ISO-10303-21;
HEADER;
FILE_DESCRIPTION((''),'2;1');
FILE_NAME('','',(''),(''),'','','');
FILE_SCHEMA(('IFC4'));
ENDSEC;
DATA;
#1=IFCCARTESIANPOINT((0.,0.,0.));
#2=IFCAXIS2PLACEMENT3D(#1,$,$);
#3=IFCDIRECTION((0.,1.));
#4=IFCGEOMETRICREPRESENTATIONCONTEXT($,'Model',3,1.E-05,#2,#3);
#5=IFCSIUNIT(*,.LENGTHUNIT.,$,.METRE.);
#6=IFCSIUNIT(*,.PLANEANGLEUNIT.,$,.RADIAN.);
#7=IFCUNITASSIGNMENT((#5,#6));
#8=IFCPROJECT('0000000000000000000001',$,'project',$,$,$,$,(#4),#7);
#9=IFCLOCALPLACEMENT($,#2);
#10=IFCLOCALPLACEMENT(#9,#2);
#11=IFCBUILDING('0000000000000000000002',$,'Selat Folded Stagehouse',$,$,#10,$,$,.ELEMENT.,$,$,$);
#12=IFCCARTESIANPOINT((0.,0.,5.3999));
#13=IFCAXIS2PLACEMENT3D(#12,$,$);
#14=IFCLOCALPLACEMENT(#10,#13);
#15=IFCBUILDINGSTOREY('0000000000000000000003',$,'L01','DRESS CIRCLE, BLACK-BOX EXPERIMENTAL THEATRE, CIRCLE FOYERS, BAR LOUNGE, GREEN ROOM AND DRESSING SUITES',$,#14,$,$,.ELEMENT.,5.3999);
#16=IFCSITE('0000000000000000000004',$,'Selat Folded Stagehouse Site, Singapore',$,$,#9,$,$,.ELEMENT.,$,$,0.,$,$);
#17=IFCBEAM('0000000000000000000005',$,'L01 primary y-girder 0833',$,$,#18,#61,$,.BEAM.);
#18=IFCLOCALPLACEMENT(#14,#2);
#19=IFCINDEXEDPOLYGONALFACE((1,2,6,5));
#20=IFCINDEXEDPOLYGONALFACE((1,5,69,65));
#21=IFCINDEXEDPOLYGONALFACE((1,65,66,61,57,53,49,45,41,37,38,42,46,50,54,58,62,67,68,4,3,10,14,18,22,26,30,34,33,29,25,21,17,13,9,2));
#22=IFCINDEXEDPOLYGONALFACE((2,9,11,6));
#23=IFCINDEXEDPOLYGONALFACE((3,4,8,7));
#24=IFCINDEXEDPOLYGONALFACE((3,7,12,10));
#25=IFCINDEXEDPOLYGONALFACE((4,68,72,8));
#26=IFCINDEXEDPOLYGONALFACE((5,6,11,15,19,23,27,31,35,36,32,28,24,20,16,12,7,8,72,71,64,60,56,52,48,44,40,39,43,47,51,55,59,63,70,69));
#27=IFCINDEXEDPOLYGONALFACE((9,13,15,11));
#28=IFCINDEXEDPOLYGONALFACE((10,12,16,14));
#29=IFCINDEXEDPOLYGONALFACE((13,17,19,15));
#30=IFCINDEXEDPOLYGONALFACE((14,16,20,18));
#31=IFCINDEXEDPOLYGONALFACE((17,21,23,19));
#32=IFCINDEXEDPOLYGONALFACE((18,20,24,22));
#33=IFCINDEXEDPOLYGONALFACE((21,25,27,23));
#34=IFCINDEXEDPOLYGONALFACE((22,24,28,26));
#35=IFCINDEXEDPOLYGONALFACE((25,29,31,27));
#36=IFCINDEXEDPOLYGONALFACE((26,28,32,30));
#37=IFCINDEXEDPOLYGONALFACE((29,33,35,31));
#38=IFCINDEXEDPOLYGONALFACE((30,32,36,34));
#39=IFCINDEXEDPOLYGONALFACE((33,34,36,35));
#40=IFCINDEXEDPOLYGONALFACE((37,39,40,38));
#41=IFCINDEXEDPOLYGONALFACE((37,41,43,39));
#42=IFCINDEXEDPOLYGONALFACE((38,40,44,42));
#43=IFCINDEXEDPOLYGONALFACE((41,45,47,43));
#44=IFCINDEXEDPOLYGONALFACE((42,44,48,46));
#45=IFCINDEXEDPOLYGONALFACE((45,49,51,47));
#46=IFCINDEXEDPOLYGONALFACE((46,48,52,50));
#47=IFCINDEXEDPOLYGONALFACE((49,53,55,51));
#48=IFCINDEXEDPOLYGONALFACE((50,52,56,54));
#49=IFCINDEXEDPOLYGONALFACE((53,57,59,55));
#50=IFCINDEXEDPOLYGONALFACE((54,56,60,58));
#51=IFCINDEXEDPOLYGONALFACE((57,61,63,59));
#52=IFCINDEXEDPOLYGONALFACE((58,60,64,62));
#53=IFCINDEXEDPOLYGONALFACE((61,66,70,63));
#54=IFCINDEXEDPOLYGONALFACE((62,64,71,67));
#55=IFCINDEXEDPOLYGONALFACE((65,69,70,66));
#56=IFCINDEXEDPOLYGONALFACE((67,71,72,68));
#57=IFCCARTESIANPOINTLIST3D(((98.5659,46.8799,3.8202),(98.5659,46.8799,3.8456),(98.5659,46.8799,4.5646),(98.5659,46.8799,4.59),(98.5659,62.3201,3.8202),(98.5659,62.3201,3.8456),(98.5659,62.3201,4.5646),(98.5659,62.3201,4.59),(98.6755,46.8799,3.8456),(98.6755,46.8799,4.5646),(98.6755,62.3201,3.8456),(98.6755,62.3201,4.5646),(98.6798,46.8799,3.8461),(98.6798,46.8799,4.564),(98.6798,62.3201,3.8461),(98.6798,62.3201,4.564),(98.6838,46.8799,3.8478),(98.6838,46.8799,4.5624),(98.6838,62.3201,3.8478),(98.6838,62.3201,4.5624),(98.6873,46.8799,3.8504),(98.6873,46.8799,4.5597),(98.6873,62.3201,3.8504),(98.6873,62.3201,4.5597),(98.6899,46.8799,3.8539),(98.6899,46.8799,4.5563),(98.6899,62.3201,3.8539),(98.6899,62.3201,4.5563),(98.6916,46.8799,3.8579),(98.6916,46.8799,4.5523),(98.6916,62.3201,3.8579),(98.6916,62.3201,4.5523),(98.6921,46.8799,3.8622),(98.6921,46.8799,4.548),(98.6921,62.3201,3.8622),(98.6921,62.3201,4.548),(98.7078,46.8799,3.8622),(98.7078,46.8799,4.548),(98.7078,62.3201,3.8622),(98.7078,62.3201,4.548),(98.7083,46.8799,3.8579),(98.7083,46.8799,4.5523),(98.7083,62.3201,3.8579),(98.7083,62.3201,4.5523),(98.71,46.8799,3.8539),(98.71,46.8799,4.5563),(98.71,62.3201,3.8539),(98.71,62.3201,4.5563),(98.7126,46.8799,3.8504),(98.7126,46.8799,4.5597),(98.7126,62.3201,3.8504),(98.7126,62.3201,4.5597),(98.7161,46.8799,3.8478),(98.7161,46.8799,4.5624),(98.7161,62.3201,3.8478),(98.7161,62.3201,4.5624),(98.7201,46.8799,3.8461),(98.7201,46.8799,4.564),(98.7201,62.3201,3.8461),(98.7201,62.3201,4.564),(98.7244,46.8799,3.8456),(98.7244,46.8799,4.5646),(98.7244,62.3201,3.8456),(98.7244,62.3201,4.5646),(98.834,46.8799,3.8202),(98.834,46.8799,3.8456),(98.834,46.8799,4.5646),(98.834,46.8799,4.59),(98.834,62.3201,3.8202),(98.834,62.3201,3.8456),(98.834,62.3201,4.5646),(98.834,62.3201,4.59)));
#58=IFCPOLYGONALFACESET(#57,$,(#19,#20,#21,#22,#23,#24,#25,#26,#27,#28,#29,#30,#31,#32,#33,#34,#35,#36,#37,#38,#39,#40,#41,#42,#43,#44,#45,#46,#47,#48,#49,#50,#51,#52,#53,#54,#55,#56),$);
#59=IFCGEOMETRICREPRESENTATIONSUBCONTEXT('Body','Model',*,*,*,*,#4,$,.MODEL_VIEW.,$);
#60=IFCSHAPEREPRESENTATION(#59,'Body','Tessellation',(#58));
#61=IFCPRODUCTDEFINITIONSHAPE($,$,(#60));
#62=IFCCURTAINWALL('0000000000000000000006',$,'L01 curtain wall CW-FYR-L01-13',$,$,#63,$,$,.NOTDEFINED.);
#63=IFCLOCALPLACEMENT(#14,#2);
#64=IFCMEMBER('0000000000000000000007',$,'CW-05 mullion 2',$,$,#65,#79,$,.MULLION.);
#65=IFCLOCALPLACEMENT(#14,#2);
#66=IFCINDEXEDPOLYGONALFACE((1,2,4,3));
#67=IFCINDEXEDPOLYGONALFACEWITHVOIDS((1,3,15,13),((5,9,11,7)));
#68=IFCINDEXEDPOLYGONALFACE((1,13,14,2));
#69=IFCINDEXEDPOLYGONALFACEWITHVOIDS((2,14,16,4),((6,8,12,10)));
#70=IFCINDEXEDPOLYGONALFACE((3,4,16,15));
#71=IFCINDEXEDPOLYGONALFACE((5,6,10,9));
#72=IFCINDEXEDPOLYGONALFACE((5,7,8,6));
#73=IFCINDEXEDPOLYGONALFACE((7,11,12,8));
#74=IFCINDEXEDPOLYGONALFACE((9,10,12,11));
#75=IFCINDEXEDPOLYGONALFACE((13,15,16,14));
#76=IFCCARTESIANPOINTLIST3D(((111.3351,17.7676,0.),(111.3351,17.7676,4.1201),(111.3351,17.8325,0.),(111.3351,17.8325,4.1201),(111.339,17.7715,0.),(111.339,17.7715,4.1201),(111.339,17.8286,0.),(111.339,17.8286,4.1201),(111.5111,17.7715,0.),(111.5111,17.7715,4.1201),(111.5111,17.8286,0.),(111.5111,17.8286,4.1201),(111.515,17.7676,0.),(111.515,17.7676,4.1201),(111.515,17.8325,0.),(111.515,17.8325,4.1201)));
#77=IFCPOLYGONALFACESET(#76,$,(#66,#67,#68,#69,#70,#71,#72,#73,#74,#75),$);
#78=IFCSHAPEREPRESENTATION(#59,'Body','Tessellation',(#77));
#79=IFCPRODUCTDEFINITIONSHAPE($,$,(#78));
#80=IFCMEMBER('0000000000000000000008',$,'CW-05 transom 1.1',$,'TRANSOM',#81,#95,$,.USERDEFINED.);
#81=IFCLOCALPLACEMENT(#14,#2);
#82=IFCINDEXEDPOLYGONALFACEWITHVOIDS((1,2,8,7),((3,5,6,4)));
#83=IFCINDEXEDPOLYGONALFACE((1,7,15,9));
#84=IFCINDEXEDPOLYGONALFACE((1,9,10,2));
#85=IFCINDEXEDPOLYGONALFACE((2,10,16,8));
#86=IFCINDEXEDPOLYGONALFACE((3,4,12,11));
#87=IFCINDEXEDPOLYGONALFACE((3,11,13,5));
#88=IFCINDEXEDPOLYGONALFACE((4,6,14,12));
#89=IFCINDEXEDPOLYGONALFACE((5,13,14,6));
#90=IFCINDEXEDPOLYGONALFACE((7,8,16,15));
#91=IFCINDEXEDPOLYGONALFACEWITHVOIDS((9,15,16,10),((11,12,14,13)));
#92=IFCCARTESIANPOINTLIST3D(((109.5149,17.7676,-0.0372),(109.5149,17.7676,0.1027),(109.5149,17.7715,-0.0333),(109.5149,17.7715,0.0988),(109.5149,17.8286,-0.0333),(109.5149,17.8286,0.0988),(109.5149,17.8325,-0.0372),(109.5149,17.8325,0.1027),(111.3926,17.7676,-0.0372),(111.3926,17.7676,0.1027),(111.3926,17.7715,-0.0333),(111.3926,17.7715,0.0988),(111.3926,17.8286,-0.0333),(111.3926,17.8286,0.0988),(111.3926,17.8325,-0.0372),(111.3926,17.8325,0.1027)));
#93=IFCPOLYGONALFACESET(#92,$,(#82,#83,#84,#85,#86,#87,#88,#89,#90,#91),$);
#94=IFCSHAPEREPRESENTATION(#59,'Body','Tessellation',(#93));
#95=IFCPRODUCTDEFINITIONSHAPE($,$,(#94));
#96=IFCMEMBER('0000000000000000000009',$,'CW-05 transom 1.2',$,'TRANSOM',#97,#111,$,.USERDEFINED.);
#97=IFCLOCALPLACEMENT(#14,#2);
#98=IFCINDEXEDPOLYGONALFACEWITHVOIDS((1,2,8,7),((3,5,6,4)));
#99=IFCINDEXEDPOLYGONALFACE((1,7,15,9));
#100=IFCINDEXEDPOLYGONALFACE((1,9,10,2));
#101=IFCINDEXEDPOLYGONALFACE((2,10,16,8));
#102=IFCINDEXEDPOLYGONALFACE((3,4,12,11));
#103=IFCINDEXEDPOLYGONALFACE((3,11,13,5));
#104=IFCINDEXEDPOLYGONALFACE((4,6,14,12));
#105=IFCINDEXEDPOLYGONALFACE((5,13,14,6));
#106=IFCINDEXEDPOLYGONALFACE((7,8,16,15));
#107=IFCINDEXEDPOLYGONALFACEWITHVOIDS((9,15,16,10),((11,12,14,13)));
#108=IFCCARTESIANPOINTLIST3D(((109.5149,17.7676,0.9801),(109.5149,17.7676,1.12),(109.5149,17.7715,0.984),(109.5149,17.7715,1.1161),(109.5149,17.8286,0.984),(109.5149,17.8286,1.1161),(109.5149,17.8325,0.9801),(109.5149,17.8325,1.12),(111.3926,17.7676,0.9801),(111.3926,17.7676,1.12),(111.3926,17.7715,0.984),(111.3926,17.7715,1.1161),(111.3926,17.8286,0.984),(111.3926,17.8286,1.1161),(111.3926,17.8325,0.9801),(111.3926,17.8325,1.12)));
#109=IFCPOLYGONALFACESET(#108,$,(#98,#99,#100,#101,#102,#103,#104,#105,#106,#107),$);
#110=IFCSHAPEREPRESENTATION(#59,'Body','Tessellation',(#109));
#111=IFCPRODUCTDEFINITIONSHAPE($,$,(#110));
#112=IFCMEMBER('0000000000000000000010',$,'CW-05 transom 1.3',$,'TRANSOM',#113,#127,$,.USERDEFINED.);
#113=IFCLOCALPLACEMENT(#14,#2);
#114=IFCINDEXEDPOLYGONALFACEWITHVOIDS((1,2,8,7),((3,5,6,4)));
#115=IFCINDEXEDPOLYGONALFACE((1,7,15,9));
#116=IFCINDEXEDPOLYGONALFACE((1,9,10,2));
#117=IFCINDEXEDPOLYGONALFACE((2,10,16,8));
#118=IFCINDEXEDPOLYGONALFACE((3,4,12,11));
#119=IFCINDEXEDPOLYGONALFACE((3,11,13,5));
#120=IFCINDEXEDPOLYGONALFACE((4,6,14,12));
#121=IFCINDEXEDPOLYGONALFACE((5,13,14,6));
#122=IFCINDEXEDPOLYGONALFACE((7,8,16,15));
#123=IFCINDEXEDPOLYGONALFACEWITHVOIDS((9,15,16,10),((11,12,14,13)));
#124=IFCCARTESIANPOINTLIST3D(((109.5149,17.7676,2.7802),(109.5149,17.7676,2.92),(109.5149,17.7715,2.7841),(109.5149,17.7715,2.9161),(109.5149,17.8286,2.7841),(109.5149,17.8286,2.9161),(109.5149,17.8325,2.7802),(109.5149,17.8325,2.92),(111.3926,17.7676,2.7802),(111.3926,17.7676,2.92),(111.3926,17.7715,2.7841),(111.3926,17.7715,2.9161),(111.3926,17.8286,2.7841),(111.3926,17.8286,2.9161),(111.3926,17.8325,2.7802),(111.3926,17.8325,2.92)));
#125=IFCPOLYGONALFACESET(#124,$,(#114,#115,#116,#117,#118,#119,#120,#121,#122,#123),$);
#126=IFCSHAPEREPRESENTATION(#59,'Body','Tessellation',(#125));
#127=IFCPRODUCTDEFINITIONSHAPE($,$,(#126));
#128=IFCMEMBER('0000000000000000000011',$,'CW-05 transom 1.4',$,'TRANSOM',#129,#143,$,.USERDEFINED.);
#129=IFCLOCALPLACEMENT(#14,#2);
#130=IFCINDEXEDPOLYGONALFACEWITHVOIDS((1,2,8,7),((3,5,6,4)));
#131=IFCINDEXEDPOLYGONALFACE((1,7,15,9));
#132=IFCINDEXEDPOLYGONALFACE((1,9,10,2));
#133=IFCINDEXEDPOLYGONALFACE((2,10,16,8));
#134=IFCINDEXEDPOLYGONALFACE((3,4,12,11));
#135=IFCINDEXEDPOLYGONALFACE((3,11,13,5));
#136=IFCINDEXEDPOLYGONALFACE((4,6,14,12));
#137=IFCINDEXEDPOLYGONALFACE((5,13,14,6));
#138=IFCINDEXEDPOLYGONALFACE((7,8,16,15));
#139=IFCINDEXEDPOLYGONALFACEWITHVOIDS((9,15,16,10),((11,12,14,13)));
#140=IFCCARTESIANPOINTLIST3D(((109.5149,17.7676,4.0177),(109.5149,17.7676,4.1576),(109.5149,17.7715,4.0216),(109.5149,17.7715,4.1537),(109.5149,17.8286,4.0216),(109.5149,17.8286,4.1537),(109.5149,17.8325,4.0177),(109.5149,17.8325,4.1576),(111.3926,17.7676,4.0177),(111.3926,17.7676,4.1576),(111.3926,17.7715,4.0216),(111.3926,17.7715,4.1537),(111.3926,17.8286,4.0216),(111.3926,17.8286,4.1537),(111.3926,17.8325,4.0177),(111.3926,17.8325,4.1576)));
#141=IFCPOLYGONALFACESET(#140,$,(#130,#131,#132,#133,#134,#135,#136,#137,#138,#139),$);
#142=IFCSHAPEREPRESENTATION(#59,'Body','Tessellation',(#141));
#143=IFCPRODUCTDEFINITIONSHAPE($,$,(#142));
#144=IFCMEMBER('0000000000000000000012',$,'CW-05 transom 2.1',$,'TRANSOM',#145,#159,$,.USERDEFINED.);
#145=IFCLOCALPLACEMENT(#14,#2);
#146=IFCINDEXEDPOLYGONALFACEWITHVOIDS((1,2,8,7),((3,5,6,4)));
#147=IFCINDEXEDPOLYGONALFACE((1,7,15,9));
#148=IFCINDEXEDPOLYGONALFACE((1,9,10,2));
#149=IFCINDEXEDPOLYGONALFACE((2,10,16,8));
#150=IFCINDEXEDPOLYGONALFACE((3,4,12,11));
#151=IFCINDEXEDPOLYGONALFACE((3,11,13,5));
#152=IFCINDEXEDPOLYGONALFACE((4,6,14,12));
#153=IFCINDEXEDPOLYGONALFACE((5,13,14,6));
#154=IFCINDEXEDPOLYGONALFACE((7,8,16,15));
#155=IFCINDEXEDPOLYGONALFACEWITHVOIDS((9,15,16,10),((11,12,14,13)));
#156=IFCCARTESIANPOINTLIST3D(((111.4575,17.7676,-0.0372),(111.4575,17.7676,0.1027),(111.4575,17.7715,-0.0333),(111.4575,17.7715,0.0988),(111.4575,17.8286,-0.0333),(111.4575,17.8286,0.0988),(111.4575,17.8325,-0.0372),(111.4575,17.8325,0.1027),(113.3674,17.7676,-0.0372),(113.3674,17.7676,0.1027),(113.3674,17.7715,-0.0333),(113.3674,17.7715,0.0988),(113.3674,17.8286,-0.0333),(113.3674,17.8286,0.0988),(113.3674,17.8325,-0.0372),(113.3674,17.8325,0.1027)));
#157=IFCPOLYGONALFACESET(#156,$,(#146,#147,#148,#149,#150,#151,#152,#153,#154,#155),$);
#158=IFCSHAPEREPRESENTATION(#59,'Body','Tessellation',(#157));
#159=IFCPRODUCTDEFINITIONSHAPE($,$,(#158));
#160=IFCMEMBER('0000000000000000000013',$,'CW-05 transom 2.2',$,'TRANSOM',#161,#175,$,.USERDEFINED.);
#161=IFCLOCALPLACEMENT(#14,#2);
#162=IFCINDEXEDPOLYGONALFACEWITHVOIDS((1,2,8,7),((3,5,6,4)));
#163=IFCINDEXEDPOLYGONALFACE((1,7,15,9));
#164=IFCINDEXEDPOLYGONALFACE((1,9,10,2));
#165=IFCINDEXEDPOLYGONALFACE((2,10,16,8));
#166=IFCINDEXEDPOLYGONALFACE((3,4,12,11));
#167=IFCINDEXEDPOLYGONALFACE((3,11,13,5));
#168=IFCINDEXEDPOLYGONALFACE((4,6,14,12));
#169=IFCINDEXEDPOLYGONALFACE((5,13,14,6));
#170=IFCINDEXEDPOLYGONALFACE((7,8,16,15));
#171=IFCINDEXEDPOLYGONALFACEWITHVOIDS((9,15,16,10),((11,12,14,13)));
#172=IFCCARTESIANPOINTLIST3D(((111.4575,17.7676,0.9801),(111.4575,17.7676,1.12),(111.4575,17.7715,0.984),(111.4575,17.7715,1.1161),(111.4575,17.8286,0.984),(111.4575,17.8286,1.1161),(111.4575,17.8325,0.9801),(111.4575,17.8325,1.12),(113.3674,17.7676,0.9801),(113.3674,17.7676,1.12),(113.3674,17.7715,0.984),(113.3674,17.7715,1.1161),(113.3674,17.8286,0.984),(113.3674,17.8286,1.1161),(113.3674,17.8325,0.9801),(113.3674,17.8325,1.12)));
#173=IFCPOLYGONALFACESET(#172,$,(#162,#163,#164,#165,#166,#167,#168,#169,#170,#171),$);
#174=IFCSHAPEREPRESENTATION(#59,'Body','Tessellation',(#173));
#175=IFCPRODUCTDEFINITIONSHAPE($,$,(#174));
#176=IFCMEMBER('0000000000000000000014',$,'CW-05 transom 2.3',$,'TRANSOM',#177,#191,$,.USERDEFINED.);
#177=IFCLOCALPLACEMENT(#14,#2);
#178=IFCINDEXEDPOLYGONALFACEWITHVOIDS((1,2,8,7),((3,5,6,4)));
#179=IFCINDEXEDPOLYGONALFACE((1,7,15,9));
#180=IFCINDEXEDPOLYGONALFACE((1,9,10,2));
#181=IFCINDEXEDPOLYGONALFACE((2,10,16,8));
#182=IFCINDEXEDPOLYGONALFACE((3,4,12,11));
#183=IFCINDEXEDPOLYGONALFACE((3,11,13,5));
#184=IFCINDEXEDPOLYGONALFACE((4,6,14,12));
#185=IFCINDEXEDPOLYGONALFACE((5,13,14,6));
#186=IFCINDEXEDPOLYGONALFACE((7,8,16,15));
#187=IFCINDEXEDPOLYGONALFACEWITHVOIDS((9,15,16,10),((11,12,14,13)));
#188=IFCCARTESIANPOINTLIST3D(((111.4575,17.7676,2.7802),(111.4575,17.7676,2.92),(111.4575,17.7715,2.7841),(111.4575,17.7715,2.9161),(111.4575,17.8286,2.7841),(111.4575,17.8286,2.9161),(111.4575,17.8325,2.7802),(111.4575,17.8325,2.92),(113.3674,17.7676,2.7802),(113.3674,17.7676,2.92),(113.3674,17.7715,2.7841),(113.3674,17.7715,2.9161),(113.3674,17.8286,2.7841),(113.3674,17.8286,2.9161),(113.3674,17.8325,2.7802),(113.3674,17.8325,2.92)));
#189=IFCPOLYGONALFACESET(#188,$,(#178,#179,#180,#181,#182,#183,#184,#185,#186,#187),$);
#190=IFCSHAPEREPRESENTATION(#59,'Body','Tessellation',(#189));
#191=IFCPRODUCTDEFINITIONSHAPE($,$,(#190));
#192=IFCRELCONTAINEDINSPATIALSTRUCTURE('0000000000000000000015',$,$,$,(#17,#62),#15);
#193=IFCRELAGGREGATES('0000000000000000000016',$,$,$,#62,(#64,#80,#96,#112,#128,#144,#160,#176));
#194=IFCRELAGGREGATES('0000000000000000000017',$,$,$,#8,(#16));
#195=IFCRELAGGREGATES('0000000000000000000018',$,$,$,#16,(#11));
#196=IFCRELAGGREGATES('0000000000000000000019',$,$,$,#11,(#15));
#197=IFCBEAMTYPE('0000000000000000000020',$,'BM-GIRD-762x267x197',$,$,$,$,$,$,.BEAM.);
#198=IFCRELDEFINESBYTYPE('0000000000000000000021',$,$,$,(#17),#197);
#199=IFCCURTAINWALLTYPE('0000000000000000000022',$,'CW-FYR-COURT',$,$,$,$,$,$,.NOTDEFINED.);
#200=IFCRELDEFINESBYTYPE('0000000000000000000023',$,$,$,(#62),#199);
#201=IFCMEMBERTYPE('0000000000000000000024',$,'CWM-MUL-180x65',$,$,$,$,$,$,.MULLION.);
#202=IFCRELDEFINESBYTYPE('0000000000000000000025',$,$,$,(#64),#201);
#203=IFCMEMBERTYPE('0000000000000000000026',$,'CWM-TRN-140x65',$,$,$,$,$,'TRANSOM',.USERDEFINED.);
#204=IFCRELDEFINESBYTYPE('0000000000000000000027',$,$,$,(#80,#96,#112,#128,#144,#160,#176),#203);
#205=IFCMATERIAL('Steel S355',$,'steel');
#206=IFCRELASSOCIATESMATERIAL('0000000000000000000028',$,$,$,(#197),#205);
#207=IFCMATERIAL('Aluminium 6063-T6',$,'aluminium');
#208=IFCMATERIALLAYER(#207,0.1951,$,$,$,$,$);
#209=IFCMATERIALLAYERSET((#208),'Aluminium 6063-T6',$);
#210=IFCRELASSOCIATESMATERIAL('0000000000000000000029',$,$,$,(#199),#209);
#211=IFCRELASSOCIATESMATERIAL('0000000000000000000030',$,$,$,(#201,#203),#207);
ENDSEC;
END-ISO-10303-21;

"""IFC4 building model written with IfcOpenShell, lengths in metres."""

from ifc_helpers import new_model, si_unit, direction, frame, origin, origin_2d, place, context, subcontext, project, spatial, hollow_rectangle, i_section, extrude, material, layer, layer_set, material_profile, profile_set, type_object, element, aggregate, save


model = new_model("IFC4")

# Units and contexts
model_context = context("Model", 3, precision=1e-05, world=origin(), true_north=direction((0.0, 1.0)))
body_context = subcontext(model_context, "Body", "Model", "MODEL_VIEW")
ifc_project = project(units=[si_unit("LENGTHUNIT", "METRE"), si_unit("PLANEANGLEUNIT", "RADIAN")], contexts=[model_context])

# Site, building, storey
site_placement = place(None, origin())
site = spatial("IfcSite", under=ifc_project, at=site_placement, Name="Selat Folded Stagehouse Site, Singapore", CompositionType="ELEMENT", RefElevation=0.0)
building_placement = place(site_placement, origin())
building = spatial("IfcBuilding", under=site, at=building_placement, Name="Selat Folded Stagehouse", CompositionType="ELEMENT")
storey_placement = place(building_placement, frame((0.0, 0.0, 5.3999)))
storey = spatial("IfcBuildingStorey", under=building, at=storey_placement, Name="L01", Description="DRESS CIRCLE, BLACK-BOX EXPERIMENTAL THEATRE, CIRCLE FOYERS, BAR LOUNGE, GREEN ROOM AND DRESSING SUITES", CompositionType="ELEMENT", Elevation=5.3999)

# Shared definitions
ifc_material_1 = material(Name="Steel S355", Category="steel")

# Beam
ifc_material_profile_1 = material_profile(ifc_material_1, i_section(OverallWidth=0.2681, OverallDepth=0.7698, WebThickness=0.0156, FlangeThickness=0.0254, FilletRadius=0.0166, at=origin_2d()), Name="UKB 762x267x197")
ifc_profile_set_1 = profile_set([ifc_material_profile_1], Name="Steel S355")
beam_type = type_object("IfcBeamType", Name="BM-GIRD-762x267x197", PredefinedType="BEAM", material=ifc_profile_set_1)
beam_1_placement = place(storey_placement, frame((98.7, 46.8799, 4.2051), z_axis=(0.0, 1.0, 0.0), x_axis=(-1.0, 0.0, 0.0)))
element("IfcBeam", 1, at=beam_1_placement, inside=storey, type_object=beam_type, Name="L01 primary y-girder 0833", PredefinedType="BEAM", context=body_context, shape_type="SweptSolid", body=[
    extrude(i_section(OverallWidth=0.2681, OverallDepth=0.7698, WebThickness=0.0156, FlangeThickness=0.0254, FilletRadius=0.0166, at=origin_2d()), origin(), (0.0, 0.0, 1.0), 15.4402),
])

# Curtain wall, members
ifc_material_2 = material(Name="Aluminium 6063-T6", Category="aluminium")
ifc_layer_1 = layer(ifc_material_2, 0.1951)
ifc_layer_set_1 = layer_set([ifc_layer_1], Name="Aluminium 6063-T6")
curtain_wall_type = type_object("IfcCurtainWallType", Name="CW-FYR-COURT", PredefinedType="NOTDEFINED", material=ifc_layer_set_1)
curtain_wall_placement = place(storey_placement, origin())
curtain_wall = element("IfcCurtainWall", 2, at=curtain_wall_placement, inside=storey, type_object=curtain_wall_type, Name="L01 curtain wall CW-FYR-L01-13", PredefinedType="NOTDEFINED")
ifc_material_profile_2 = material_profile(ifc_material_2, hollow_rectangle(XDim=0.0649, YDim=0.1799, WallThickness=0.0039, at=origin_2d()), Name="ALU 180x65x4.0")
ifc_profile_set_2 = profile_set([ifc_material_profile_2], Name="Aluminium 6063-T6")
member_type_1 = type_object("IfcMemberType", Name="CWM-MUL-180x65", PredefinedType="MULLION", material=ifc_profile_set_2)
member_1_placement = place(storey_placement, frame((111.425, 17.8, 0.0), z_axis=(0.0, 0.0, 1.0), x_axis=(0.0, 1.0, 0.0)))
member_1 = element("IfcMember", 3, at=member_1_placement, type_object=member_type_1, Name="CW-05 mullion 2", PredefinedType="MULLION", context=body_context, shape_type="SweptSolid", body=[
    extrude(hollow_rectangle(XDim=0.0649, YDim=0.1799, WallThickness=0.0039, at=origin_2d()), origin(), (0.0, 0.0, 1.0), 4.1201),
])
ifc_material_profile_3 = material_profile(ifc_material_2, hollow_rectangle(XDim=0.0649, YDim=0.1399, WallThickness=0.0039, at=origin_2d()), Name="ALU 140x65x4.0")
ifc_profile_set_3 = profile_set([ifc_material_profile_3], Name="Aluminium 6063-T6")
member_type_2 = type_object("IfcMemberType", Name="CWM-TRN-140x65", ElementType="TRANSOM", PredefinedType="USERDEFINED", material=ifc_profile_set_3)
member_2_placement = place(storey_placement, frame((109.5149, 17.8, 0.0327), z_axis=(1.0, 0.0, 0.0), x_axis=(0.0, 1.0, 0.0)))
member_2 = element("IfcMember", 4, at=member_2_placement, type_object=member_type_2, Name="CW-05 transom 1.1", ObjectType="TRANSOM", PredefinedType="USERDEFINED", context=body_context, shape_type="SweptSolid", body=[
    extrude(hollow_rectangle(XDim=0.0649, YDim=0.1399, WallThickness=0.0039, at=origin_2d()), origin(), (0.0, 0.0, 1.0), 1.8777),
])
member_3_placement = place(storey_placement, frame((109.5149, 17.8, 1.05), z_axis=(1.0, 0.0, 0.0), x_axis=(0.0, 1.0, 0.0)))
member_3 = element("IfcMember", 5, at=member_3_placement, type_object=member_type_2, Name="CW-05 transom 1.2", ObjectType="TRANSOM", PredefinedType="USERDEFINED", context=body_context, shape_type="SweptSolid", body=[
    extrude(hollow_rectangle(XDim=0.0649, YDim=0.1399, WallThickness=0.0039, at=origin_2d()), origin(), (0.0, 0.0, 1.0), 1.8777),
])
member_4_placement = place(storey_placement, frame((109.5149, 17.8, 2.8501), z_axis=(1.0, 0.0, 0.0), x_axis=(0.0, 1.0, 0.0)))
member_4 = element("IfcMember", 6, at=member_4_placement, type_object=member_type_2, Name="CW-05 transom 1.3", ObjectType="TRANSOM", PredefinedType="USERDEFINED", context=body_context, shape_type="SweptSolid", body=[
    extrude(hollow_rectangle(XDim=0.0649, YDim=0.1399, WallThickness=0.0039, at=origin_2d()), origin(), (0.0, 0.0, 1.0), 1.8777),
])
member_5_placement = place(storey_placement, frame((109.5149, 17.8, 4.0876), z_axis=(1.0, 0.0, 0.0), x_axis=(0.0, 1.0, 0.0)))
member_5 = element("IfcMember", 7, at=member_5_placement, type_object=member_type_2, Name="CW-05 transom 1.4", ObjectType="TRANSOM", PredefinedType="USERDEFINED", context=body_context, shape_type="SweptSolid", body=[
    extrude(hollow_rectangle(XDim=0.0649, YDim=0.1399, WallThickness=0.0039, at=origin_2d()), origin(), (0.0, 0.0, 1.0), 1.8777),
])
member_6_placement = place(storey_placement, frame((111.4575, 17.8, 0.0327), z_axis=(1.0, 0.0, 0.0), x_axis=(0.0, 1.0, 0.0)))
member_6 = element("IfcMember", 8, at=member_6_placement, type_object=member_type_2, Name="CW-05 transom 2.1", ObjectType="TRANSOM", PredefinedType="USERDEFINED", context=body_context, shape_type="SweptSolid", body=[
    extrude(hollow_rectangle(XDim=0.0649, YDim=0.1399, WallThickness=0.0039, at=origin_2d()), origin(), (0.0, 0.0, 1.0), 1.9099),
])
member_7_placement = place(storey_placement, frame((111.4575, 17.8, 1.05), z_axis=(1.0, 0.0, 0.0), x_axis=(0.0, 1.0, 0.0)))
member_7 = element("IfcMember", 9, at=member_7_placement, type_object=member_type_2, Name="CW-05 transom 2.2", ObjectType="TRANSOM", PredefinedType="USERDEFINED", context=body_context, shape_type="SweptSolid", body=[
    extrude(hollow_rectangle(XDim=0.0649, YDim=0.1399, WallThickness=0.0039, at=origin_2d()), origin(), (0.0, 0.0, 1.0), 1.9099),
])
member_8_placement = place(storey_placement, frame((111.4575, 17.8, 2.8501), z_axis=(1.0, 0.0, 0.0), x_axis=(0.0, 1.0, 0.0)))
member_8 = element("IfcMember", 10, at=member_8_placement, type_object=member_type_2, Name="CW-05 transom 2.3", ObjectType="TRANSOM", PredefinedType="USERDEFINED", context=body_context, shape_type="SweptSolid", body=[
    extrude(hollow_rectangle(XDim=0.0649, YDim=0.1399, WallThickness=0.0039, at=origin_2d()), origin(), (0.0, 0.0, 1.0), 1.9099),
])
aggregate(curtain_wall, [member_1, member_2, member_3, member_4, member_5, member_6, member_7, member_8])

save(model, "model.ifc")
